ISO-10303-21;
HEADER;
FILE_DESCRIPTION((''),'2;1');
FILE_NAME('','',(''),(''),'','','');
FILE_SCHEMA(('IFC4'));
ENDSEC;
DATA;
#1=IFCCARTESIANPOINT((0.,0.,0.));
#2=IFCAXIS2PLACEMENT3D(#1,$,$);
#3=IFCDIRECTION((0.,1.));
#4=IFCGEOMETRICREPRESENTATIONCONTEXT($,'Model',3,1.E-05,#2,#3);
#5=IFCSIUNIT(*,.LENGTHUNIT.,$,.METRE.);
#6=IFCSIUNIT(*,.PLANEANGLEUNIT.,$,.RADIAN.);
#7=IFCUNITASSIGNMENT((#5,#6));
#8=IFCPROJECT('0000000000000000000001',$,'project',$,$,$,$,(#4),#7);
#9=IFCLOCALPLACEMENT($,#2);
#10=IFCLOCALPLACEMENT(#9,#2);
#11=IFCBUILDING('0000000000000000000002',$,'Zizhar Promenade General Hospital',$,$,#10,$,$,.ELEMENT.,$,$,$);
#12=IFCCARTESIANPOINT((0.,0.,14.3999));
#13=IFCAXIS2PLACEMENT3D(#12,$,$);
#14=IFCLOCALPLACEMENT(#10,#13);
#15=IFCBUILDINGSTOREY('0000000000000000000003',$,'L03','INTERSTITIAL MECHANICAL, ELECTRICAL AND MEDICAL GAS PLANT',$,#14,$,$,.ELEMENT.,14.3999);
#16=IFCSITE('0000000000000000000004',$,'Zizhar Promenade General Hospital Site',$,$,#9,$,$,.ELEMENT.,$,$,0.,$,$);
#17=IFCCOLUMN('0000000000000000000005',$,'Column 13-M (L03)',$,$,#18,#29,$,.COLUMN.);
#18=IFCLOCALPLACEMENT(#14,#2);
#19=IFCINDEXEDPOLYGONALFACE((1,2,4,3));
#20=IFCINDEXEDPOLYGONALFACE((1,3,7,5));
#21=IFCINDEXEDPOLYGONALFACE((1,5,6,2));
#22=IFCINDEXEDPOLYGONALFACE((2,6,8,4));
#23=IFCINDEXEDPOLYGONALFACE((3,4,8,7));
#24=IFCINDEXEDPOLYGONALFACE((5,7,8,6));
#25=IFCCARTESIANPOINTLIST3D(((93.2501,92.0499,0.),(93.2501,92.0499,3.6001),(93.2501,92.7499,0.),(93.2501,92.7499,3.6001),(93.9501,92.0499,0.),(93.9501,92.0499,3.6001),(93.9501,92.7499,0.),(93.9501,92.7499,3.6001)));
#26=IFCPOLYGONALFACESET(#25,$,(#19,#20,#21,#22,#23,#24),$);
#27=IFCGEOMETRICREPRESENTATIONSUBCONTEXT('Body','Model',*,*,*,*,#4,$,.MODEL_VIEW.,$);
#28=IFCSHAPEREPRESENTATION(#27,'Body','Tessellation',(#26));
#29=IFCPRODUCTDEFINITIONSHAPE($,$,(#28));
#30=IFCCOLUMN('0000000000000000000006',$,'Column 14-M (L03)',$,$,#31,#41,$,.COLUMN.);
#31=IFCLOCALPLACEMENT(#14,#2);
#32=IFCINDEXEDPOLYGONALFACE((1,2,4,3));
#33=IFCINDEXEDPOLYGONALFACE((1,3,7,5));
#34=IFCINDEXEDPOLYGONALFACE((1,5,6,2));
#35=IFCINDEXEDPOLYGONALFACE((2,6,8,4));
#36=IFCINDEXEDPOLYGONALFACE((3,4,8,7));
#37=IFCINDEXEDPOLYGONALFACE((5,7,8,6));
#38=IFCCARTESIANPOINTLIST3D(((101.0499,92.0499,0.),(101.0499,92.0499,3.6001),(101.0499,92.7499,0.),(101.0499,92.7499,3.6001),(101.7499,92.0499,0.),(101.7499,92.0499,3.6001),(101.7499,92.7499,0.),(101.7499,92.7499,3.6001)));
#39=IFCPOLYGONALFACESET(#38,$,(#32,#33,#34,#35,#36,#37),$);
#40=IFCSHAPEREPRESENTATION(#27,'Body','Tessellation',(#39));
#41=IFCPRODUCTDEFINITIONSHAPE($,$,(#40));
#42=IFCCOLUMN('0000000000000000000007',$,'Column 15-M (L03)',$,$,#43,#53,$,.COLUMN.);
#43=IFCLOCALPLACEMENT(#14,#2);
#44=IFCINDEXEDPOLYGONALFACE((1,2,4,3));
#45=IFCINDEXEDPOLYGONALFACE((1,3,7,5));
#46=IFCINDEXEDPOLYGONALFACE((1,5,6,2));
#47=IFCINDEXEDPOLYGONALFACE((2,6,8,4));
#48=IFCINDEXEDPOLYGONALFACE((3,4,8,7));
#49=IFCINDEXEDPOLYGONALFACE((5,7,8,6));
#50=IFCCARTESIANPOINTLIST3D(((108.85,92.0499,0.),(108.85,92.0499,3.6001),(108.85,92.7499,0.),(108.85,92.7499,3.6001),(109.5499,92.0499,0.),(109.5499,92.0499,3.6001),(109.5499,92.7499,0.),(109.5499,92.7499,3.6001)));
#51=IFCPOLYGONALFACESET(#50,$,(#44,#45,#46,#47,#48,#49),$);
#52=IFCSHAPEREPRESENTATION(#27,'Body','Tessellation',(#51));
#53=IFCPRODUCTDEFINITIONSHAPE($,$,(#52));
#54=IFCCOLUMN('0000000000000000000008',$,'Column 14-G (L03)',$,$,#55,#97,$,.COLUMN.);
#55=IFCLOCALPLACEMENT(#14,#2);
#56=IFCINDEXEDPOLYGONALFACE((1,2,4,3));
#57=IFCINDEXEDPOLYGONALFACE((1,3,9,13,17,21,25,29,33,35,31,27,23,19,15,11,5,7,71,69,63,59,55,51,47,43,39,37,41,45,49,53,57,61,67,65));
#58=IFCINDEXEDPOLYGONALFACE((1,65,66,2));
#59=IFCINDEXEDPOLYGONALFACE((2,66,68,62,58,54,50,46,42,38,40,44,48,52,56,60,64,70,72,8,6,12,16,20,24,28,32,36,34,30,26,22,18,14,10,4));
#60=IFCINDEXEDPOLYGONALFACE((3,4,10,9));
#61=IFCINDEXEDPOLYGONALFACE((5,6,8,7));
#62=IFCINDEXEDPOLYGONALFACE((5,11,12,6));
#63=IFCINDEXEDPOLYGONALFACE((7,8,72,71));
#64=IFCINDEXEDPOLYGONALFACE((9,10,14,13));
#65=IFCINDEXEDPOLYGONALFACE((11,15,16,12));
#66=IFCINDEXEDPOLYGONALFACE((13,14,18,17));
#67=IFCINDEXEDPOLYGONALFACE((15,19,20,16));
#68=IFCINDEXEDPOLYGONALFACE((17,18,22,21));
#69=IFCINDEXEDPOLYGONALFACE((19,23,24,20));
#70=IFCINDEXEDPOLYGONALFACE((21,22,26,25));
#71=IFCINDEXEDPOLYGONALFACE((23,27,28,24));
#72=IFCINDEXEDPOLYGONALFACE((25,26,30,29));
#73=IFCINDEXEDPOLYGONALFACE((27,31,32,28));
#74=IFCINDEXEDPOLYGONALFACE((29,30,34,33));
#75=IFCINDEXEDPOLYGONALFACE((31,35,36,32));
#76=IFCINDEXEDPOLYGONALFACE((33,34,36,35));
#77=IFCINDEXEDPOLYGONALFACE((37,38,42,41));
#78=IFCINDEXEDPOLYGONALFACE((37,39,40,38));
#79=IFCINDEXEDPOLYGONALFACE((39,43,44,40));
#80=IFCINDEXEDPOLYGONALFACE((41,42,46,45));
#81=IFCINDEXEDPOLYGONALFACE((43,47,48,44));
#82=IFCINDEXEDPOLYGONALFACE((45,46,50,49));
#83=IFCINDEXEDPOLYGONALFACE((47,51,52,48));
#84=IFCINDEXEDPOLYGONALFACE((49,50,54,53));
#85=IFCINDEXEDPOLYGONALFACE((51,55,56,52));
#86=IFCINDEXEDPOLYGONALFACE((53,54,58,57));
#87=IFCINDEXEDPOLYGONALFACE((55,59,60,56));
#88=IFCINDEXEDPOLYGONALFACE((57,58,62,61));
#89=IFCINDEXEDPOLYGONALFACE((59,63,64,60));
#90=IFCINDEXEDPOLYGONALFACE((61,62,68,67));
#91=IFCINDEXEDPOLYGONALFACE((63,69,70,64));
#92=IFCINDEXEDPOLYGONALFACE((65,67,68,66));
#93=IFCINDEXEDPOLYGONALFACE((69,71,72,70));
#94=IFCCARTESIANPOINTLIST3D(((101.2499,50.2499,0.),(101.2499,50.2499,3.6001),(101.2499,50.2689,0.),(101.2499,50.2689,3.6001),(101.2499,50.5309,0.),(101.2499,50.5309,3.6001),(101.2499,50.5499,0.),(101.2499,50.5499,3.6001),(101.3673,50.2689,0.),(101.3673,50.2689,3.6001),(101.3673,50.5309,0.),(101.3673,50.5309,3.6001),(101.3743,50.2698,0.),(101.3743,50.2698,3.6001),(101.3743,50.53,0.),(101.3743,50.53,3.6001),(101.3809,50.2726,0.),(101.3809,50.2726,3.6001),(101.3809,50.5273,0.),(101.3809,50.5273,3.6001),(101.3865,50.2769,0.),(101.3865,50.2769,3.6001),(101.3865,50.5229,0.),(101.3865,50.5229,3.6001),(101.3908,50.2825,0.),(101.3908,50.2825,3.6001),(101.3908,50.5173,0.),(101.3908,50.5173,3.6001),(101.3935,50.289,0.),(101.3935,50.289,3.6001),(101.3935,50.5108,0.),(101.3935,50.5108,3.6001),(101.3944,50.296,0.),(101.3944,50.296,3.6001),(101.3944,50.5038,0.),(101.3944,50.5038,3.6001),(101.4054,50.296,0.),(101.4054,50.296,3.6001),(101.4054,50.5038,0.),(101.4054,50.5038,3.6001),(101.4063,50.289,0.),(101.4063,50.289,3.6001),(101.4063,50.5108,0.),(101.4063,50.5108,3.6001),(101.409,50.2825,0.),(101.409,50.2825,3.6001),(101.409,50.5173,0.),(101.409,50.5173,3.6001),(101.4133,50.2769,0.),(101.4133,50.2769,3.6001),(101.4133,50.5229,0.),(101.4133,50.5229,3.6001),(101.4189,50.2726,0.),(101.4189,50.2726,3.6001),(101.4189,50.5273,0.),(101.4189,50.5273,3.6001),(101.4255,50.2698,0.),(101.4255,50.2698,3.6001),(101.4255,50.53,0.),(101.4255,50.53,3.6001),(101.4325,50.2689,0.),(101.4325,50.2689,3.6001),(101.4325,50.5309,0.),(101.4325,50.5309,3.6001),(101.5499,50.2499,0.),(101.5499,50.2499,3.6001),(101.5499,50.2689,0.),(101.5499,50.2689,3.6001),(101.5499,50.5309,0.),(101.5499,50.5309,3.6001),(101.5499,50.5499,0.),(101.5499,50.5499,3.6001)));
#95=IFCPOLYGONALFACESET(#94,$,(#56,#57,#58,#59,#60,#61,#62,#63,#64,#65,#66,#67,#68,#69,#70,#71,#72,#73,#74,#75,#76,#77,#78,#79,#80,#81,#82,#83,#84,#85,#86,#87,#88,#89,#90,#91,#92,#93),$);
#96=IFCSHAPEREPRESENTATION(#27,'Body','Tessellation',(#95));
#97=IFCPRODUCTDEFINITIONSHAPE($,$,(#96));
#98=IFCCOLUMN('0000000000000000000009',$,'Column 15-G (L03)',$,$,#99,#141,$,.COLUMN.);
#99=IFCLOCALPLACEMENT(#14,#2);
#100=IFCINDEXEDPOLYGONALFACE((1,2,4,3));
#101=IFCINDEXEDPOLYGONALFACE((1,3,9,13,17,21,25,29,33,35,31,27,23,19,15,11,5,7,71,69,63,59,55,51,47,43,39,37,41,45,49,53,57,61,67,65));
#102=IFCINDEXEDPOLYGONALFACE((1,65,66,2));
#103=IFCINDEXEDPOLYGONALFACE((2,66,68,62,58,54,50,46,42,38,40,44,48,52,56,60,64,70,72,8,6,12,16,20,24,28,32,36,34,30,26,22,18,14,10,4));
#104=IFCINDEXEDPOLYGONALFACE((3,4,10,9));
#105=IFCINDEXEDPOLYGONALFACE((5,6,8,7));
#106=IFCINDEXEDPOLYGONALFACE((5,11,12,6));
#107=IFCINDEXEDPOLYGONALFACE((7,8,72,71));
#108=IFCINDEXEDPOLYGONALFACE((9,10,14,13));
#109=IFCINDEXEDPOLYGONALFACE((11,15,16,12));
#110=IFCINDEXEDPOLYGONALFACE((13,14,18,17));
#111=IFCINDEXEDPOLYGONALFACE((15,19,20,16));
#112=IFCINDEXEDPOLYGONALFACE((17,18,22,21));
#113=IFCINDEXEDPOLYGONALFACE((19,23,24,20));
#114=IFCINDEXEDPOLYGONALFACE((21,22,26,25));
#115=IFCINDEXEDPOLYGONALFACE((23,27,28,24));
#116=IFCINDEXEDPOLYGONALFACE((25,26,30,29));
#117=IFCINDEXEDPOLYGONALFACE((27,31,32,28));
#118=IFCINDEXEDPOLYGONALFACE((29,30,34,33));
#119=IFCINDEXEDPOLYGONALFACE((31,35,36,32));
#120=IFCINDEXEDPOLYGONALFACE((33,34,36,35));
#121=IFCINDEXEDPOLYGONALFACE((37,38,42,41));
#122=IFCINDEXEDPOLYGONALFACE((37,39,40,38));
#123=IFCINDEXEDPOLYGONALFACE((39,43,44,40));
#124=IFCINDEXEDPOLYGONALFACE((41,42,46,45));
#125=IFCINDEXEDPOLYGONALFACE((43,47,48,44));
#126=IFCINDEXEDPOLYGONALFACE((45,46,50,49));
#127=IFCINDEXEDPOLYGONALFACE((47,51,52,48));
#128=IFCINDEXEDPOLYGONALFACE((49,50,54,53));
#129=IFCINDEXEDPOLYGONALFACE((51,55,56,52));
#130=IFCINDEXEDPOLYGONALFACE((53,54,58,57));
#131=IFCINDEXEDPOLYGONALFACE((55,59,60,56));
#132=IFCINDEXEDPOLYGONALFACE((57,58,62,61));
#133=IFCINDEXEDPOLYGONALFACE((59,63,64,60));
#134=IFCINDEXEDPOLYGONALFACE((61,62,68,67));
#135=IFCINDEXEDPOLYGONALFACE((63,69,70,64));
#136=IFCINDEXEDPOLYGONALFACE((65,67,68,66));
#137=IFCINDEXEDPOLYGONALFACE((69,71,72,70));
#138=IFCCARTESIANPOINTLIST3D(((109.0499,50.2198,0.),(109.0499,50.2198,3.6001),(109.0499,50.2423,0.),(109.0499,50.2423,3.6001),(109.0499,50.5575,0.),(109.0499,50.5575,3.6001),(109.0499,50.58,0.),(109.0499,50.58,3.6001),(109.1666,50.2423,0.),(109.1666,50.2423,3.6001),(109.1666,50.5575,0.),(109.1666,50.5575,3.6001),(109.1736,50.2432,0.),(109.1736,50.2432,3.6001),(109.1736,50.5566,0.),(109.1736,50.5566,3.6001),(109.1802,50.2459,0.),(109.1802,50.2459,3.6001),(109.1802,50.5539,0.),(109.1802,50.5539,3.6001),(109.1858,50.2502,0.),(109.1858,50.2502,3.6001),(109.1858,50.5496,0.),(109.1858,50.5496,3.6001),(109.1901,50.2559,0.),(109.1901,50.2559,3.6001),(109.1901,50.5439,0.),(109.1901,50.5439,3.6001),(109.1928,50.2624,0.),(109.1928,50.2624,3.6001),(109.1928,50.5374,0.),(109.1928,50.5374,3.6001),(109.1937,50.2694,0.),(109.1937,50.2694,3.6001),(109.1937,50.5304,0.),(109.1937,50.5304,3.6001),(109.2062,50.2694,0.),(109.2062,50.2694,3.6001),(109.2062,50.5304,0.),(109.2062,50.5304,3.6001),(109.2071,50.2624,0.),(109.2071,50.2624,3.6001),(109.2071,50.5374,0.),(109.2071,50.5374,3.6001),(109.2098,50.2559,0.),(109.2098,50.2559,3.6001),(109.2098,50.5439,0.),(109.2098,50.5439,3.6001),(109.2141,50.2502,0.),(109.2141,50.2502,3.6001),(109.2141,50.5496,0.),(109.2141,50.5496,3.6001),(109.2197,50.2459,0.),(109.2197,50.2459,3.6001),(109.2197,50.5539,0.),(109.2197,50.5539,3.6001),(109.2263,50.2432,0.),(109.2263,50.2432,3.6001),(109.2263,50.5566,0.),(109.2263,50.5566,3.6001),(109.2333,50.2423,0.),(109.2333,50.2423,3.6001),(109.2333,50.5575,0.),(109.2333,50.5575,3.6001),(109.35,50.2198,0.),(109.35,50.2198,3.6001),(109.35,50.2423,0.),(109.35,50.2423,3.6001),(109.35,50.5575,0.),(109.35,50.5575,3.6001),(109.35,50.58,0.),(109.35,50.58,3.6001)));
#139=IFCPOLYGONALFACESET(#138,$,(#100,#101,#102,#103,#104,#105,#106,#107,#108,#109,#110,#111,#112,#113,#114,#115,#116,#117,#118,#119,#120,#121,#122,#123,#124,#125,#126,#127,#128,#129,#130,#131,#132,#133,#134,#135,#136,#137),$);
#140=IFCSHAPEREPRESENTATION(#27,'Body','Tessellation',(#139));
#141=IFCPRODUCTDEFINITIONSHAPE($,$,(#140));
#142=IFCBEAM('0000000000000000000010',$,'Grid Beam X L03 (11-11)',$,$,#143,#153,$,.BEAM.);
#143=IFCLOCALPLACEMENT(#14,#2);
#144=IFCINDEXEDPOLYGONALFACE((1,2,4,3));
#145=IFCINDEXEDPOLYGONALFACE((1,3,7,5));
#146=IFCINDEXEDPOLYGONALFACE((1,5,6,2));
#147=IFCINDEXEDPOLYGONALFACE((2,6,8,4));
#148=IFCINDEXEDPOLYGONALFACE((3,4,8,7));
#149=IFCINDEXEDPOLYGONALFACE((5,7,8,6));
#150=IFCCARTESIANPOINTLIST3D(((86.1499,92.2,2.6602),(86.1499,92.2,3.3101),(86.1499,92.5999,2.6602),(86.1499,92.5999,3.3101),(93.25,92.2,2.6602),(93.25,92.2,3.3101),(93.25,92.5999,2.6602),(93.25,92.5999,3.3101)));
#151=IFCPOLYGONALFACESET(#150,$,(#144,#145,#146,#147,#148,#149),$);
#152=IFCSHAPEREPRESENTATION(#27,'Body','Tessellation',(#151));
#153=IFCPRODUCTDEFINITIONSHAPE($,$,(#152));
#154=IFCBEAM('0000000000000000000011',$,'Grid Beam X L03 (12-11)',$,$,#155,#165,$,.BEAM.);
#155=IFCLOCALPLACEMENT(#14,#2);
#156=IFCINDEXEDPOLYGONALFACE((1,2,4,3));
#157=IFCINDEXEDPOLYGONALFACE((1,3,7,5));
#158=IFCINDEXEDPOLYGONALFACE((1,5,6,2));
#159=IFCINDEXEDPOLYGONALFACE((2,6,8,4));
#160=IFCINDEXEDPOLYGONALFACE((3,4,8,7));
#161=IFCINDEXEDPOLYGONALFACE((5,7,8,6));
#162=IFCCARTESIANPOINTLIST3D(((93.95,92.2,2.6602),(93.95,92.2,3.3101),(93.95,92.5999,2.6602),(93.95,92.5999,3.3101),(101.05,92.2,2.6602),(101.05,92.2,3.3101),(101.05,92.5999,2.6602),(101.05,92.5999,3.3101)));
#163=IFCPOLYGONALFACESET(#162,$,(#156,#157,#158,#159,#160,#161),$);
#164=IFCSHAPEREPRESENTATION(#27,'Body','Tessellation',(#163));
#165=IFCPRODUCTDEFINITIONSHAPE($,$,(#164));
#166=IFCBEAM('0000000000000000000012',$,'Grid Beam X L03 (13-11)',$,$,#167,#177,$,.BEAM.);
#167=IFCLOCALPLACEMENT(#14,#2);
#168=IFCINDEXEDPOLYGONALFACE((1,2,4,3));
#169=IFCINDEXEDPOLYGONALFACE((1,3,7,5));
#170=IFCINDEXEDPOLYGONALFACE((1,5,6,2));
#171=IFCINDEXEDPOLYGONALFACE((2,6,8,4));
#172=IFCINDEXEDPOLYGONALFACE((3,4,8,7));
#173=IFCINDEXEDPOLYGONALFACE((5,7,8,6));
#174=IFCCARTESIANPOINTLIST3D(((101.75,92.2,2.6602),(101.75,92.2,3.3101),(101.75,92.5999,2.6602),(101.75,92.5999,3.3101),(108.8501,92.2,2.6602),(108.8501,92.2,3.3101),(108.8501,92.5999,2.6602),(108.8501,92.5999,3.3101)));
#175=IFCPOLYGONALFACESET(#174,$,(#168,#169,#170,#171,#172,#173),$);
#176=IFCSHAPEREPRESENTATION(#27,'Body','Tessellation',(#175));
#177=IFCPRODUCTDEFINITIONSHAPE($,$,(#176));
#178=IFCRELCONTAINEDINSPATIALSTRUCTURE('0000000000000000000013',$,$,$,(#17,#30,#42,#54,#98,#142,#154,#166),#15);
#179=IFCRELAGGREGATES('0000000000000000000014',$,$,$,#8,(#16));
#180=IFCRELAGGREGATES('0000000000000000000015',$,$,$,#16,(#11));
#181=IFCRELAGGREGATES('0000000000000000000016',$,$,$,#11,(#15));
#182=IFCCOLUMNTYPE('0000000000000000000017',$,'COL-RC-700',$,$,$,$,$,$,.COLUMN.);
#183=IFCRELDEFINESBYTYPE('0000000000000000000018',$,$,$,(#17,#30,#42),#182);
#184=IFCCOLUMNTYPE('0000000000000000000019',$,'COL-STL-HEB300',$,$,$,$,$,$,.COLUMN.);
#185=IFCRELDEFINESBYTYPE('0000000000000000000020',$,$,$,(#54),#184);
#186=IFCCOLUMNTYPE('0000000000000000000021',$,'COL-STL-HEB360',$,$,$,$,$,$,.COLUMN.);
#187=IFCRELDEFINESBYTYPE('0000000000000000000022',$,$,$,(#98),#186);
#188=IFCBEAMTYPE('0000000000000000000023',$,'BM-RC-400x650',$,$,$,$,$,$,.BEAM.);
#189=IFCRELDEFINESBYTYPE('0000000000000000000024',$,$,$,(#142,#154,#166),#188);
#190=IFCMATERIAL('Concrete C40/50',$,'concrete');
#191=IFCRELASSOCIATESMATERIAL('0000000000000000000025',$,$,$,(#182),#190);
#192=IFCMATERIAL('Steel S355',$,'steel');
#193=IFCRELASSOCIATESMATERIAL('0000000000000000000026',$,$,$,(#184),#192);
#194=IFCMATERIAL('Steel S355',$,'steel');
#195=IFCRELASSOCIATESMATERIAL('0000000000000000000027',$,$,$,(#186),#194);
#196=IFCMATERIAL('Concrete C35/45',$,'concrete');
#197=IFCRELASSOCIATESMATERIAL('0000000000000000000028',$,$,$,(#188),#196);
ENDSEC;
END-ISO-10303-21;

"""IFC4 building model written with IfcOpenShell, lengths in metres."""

from ifc_helpers import new_model, si_unit, direction, frame, origin, origin_2d, place, context, subcontext, project, spatial, rectangle, i_section, extrude, material, material_profile, profile_set, type_object, element, save


model = new_model("IFC4")

# Units and contexts
model_context = context("Model", 3, precision=1e-05, world=origin(), true_north=direction((0.0, 1.0)))
body_context = subcontext(model_context, "Body", "Model", "MODEL_VIEW")
ifc_project = project(units=[si_unit("LENGTHUNIT", "METRE"), si_unit("PLANEANGLEUNIT", "RADIAN")], contexts=[model_context])

# Site, building, storey
site_placement = place(None, origin())
site = spatial("IfcSite", under=ifc_project, at=site_placement, Name="Zizhar Promenade General Hospital Site", CompositionType="ELEMENT", RefElevation=0.0)
building_placement = place(site_placement, origin())
building = spatial("IfcBuilding", under=site, at=building_placement, Name="Zizhar Promenade General Hospital", CompositionType="ELEMENT")
storey_placement = place(building_placement, frame((0.0, 0.0, 14.3999)))
storey = spatial("IfcBuildingStorey", under=building, at=storey_placement, Name="L03", Description="INTERSTITIAL MECHANICAL, ELECTRICAL AND MEDICAL GAS PLANT", CompositionType="ELEMENT", Elevation=14.3999)

# Columns
ifc_material_1 = material(Name="Concrete C40/50", Category="concrete")
ifc_material_profile_1 = material_profile(ifc_material_1, rectangle(XDim=0.7, YDim=0.7, at=origin_2d()))
ifc_profile_set_1 = profile_set([ifc_material_profile_1], Name="Concrete C40/50")
column_type_1 = type_object("IfcColumnType", Name="COL-RC-700", PredefinedType="COLUMN", material=ifc_profile_set_1)
for number, where, z_axis, x_axis, name in (
    (1, (93.6001, 92.3999, 0.0), (0.0, 0.0, 1.0), (1.0, 0.0, 0.0), "Column 13-M (L03)"),
    (2, (101.3999, 92.3999, 0.0), (0.0, 0.0, 1.0), (1.0, 0.0, 0.0), "Column 14-M (L03)"),
    (3, (109.2, 92.3999, 0.0), (0.0, 0.0, 1.0), (1.0, 0.0, 0.0), "Column 15-M (L03)"),
):
    element("IfcColumn", number, at=place(storey_placement, frame(where, z_axis=z_axis, x_axis=x_axis)), inside=storey, type_object=column_type_1, Name=name, PredefinedType="COLUMN", context=body_context, shape_type="SweptSolid", body=[
        extrude(rectangle(XDim=0.7, YDim=0.7, at=origin_2d()), origin(), (0.0, 0.0, 1.0), 3.6001),
    ])
ifc_material_2 = material(Name="Steel S355", Category="steel")
ifc_material_profile_2 = material_profile(ifc_material_2, i_section(OverallWidth=0.3, OverallDepth=0.3, WebThickness=0.011, FlangeThickness=0.019, FilletRadius=0.0271, at=origin_2d()))
ifc_profile_set_2 = profile_set([ifc_material_profile_2], Name="Steel S355")
column_type_2 = type_object("IfcColumnType", Name="COL-STL-HEB300", PredefinedType="COLUMN", material=ifc_profile_set_2)
column_1_placement = place(storey_placement, frame((101.3999, 50.3999, 0.0), z_axis=(0.0, 0.0, 1.0), x_axis=(1.0, 0.0, 0.0)))
element("IfcColumn", 4, at=column_1_placement, inside=storey, type_object=column_type_2, Name="Column 14-G (L03)", PredefinedType="COLUMN", context=body_context, shape_type="SweptSolid", body=[
    extrude(i_section(OverallWidth=0.3, OverallDepth=0.3, WebThickness=0.011, FlangeThickness=0.019, FilletRadius=0.0271, at=origin_2d()), origin(), (0.0, 0.0, 1.0), 3.6001),
])
ifc_material_3 = material(Name="Steel S355", Category="steel")
ifc_material_profile_3 = material_profile(ifc_material_3, i_section(OverallWidth=0.3, OverallDepth=0.3601, WebThickness=0.0125, FlangeThickness=0.0225, FilletRadius=0.0271, at=origin_2d()))
ifc_profile_set_3 = profile_set([ifc_material_profile_3], Name="Steel S355")
column_type_3 = type_object("IfcColumnType", Name="COL-STL-HEB360", PredefinedType="COLUMN", material=ifc_profile_set_3)
column_2_placement = place(storey_placement, frame((109.2, 50.3999, 0.0), z_axis=(0.0, 0.0, 1.0), x_axis=(1.0, 0.0, 0.0)))
element("IfcColumn", 5, at=column_2_placement, inside=storey, type_object=column_type_3, Name="Column 15-G (L03)", PredefinedType="COLUMN", context=body_context, shape_type="SweptSolid", body=[
    extrude(i_section(OverallWidth=0.3, OverallDepth=0.3601, WebThickness=0.0125, FlangeThickness=0.0225, FilletRadius=0.0271, at=origin_2d()), origin(), (0.0, 0.0, 1.0), 3.6001),
])

# Beams
ifc_material_4 = material(Name="Concrete C35/45", Category="concrete")
ifc_material_profile_4 = material_profile(ifc_material_4, rectangle(XDim=0.3999, YDim=0.6499, at=origin_2d()))
ifc_profile_set_4 = profile_set([ifc_material_profile_4], Name="Concrete C35/45")
beam_type_1 = type_object("IfcBeamType", Name="BM-RC-400x650", PredefinedType="BEAM", material=ifc_profile_set_4)
for number, where, z_axis, x_axis, name in (
    (6, (86.1499, 92.3999, 2.9851), (1.0, 0.0, 0.0), (0.0, 1.0, 0.0), "Grid Beam X L03 (11-11)"),
    (7, (93.95, 92.3999, 2.9851), (1.0, 0.0, 0.0), (0.0, 1.0, 0.0), "Grid Beam X L03 (12-11)"),
    (8, (101.75, 92.3999, 2.9851), (1.0, 0.0, 0.0), (0.0, 1.0, 0.0), "Grid Beam X L03 (13-11)"),
):
    element("IfcBeam", number, at=place(storey_placement, frame(where, z_axis=z_axis, x_axis=x_axis)), inside=storey, type_object=beam_type_1, Name=name, PredefinedType="BEAM", context=body_context, shape_type="SweptSolid", body=[
        extrude(rectangle(XDim=0.3999, YDim=0.6499, at=origin_2d()), origin(), (0.0, 0.0, 1.0), 7.1001),
    ])

save(model, "model.ifc")
